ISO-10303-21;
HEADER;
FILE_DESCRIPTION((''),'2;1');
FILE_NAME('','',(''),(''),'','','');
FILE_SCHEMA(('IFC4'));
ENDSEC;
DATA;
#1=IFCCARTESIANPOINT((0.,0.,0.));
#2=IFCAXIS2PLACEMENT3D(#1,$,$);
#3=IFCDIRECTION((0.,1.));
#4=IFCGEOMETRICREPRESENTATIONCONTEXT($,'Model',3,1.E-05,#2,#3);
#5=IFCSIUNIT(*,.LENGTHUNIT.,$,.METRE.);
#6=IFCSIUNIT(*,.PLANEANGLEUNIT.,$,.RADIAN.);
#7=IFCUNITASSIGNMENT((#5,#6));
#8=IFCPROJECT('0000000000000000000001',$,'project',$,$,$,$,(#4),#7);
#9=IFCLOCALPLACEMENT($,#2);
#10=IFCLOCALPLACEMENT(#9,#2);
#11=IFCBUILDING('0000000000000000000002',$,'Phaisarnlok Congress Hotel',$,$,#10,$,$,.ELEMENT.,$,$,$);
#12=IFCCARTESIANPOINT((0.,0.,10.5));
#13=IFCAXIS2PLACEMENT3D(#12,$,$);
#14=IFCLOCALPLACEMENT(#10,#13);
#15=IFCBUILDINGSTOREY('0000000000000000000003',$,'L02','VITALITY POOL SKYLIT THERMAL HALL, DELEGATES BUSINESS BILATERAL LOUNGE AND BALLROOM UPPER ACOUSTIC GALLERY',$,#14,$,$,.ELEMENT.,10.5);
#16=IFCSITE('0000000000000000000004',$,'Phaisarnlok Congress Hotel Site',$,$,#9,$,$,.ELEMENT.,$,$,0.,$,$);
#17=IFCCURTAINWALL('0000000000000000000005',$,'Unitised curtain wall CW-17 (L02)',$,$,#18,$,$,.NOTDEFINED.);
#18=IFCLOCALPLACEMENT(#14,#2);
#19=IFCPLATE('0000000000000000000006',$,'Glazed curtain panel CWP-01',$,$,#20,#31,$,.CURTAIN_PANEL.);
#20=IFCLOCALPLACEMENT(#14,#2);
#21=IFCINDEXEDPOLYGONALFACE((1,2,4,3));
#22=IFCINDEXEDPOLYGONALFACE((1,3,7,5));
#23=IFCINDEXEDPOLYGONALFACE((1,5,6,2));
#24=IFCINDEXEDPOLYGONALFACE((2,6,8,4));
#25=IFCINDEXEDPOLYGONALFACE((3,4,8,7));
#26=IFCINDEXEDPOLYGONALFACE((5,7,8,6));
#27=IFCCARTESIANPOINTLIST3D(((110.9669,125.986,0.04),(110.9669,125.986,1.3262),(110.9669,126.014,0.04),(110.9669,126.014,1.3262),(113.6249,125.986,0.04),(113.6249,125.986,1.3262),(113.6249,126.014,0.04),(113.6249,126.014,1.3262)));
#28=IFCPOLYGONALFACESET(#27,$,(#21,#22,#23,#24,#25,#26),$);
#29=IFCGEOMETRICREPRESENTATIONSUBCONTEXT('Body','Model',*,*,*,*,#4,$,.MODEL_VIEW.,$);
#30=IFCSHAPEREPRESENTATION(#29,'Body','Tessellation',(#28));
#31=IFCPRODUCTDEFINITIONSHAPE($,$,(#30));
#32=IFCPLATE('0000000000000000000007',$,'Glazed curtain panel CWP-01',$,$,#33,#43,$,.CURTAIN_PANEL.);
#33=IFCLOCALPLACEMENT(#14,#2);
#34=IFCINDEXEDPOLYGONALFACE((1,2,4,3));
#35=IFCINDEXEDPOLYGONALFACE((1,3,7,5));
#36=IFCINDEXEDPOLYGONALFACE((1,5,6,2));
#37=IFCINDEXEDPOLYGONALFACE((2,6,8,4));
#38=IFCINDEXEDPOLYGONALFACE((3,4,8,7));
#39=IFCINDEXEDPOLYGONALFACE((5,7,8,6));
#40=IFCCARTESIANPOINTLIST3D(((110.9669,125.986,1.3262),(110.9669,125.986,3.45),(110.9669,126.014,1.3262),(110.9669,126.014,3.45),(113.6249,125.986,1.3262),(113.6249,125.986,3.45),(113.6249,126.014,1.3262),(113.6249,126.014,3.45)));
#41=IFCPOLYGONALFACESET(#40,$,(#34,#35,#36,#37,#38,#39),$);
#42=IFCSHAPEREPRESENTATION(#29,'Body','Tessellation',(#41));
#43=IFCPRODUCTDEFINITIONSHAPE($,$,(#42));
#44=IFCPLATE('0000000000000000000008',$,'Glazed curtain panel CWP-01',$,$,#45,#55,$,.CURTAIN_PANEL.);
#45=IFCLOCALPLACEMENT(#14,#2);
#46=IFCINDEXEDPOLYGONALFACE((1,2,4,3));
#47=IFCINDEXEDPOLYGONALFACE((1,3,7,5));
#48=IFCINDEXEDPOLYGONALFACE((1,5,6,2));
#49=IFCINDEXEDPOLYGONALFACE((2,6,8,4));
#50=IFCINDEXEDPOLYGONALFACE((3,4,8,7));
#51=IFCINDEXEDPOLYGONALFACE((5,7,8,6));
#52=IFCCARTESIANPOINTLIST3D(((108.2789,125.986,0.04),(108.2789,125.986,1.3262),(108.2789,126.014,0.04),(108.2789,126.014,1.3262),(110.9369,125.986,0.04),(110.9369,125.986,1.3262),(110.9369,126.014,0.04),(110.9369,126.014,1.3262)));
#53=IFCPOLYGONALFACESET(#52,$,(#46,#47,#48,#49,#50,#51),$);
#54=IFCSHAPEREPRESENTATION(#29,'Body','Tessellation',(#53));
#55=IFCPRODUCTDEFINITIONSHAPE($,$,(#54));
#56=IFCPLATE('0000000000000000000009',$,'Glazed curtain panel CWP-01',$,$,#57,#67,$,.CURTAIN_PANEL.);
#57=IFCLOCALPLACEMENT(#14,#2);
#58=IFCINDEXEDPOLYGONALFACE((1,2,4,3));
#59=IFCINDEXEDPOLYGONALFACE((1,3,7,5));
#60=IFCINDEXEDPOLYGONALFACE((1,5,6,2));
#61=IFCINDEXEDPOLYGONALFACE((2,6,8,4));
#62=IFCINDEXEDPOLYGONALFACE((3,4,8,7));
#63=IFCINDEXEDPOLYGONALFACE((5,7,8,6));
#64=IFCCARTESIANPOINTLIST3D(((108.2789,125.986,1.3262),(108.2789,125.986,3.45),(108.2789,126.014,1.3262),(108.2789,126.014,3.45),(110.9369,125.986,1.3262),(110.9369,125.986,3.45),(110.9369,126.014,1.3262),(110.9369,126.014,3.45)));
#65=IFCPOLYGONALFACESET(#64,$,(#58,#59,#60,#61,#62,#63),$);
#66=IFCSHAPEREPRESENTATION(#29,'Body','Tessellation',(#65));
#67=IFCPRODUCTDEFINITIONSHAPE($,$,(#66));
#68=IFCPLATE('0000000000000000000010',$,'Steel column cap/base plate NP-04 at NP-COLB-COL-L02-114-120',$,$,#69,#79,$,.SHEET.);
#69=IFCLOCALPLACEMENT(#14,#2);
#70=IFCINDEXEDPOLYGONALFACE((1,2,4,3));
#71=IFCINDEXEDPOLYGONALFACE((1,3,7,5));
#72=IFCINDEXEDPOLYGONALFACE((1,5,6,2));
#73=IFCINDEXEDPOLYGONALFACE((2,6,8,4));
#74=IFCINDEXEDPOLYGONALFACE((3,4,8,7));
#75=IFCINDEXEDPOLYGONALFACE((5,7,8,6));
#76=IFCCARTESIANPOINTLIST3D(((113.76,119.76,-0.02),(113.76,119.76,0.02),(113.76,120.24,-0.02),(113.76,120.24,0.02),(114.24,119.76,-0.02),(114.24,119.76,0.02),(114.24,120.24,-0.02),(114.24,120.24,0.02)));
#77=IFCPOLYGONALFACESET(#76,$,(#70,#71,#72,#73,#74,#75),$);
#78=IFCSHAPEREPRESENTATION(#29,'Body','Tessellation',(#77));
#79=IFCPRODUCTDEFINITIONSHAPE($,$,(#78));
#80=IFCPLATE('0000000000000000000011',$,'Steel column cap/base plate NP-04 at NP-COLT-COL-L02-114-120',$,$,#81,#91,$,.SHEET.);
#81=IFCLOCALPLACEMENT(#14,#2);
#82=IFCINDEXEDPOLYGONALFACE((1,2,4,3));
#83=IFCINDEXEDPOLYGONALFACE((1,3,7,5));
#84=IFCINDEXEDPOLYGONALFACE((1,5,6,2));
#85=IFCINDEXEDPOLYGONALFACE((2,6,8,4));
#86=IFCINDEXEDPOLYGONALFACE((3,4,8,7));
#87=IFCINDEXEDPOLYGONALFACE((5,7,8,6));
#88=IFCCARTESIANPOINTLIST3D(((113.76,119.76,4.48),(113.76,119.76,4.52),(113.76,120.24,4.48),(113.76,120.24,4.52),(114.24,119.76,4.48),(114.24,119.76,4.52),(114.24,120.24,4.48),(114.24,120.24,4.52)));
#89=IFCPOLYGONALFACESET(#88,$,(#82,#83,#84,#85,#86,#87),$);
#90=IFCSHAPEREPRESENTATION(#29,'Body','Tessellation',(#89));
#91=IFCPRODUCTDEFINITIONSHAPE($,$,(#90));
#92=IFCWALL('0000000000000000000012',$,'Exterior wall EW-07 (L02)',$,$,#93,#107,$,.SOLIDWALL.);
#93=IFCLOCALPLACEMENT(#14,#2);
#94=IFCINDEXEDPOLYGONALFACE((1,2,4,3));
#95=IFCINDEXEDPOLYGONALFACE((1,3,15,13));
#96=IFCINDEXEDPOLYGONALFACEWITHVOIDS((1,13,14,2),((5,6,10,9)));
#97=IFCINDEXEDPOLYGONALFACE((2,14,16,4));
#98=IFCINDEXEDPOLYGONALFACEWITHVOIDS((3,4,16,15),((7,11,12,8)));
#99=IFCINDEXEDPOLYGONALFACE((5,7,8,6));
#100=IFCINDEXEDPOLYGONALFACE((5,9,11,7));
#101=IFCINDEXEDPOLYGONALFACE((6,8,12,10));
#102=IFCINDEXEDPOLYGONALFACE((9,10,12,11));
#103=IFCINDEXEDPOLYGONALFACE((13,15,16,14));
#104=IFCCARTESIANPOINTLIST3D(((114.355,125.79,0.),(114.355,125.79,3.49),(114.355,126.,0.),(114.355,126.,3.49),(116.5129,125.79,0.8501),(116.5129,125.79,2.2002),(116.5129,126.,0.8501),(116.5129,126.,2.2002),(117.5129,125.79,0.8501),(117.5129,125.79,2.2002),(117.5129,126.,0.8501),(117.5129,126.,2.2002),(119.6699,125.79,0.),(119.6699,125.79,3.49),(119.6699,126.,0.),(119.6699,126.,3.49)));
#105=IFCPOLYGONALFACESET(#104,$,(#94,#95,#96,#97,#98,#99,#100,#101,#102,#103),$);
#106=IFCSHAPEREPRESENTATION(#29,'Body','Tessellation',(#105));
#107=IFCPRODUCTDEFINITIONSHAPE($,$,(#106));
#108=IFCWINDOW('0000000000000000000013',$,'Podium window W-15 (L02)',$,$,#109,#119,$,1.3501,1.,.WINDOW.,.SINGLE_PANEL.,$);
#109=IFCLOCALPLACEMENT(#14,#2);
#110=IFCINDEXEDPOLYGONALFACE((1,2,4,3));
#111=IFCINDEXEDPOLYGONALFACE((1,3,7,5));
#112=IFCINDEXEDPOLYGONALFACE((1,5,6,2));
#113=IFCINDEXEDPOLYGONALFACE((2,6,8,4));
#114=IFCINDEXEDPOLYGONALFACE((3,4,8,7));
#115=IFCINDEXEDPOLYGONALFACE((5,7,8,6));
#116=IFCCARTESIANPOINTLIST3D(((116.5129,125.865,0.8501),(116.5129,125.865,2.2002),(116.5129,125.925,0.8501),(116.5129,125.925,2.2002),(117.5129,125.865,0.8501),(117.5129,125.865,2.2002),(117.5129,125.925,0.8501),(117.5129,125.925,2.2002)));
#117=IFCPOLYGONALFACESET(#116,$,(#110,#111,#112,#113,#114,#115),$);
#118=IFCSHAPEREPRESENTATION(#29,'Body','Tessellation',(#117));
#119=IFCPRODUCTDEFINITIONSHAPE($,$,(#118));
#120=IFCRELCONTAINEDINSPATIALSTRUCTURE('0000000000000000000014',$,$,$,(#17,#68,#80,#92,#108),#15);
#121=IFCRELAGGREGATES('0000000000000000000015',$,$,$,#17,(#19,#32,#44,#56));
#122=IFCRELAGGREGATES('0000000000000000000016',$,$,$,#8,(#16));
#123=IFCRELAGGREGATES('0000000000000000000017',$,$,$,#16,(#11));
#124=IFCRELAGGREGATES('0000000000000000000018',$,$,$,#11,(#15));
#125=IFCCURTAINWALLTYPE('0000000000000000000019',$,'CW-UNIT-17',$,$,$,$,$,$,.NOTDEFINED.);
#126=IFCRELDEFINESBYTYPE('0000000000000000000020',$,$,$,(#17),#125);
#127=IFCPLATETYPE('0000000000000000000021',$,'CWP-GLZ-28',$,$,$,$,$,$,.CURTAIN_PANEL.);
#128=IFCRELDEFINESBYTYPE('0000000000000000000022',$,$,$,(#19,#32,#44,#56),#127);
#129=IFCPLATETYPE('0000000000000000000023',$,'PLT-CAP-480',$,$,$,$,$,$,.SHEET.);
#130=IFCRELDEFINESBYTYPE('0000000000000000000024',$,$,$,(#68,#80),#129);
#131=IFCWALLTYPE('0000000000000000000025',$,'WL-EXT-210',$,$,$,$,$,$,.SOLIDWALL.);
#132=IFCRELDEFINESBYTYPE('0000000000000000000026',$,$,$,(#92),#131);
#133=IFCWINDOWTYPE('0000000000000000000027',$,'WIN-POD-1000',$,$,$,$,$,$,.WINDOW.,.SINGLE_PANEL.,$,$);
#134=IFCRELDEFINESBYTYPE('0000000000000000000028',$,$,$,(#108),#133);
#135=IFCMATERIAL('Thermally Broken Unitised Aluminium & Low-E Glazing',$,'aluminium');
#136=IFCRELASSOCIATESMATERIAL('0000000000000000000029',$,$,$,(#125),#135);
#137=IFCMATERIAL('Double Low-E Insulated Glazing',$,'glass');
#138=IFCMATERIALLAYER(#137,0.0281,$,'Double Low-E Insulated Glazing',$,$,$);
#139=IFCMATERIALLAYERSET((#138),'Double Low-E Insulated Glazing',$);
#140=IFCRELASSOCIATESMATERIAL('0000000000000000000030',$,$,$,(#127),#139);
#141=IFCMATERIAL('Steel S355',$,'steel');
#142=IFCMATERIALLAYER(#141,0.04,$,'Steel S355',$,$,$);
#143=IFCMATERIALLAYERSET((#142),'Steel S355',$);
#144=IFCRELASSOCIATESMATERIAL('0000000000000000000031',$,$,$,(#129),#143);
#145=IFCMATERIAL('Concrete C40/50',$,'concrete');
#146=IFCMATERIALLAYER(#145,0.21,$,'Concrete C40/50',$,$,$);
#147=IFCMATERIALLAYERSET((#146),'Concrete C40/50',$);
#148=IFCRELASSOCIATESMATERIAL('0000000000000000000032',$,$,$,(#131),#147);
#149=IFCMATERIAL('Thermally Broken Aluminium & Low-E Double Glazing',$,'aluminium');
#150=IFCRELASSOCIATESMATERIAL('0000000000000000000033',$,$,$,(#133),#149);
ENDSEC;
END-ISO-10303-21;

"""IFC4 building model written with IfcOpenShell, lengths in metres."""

from ifc_helpers import new_model, si_unit, direction, frame, frame_2d, origin, origin_2d, place, context, subcontext, project, spatial, rectangle, extrude, material, layer, layer_set, type_object, element, fill, aggregate, save


model = new_model("IFC4")

# Units and contexts
model_context = context("Model", 3, precision=1e-05, world=origin(), true_north=direction((0.0, 1.0)))
body_context = subcontext(model_context, "Body", "Model", "MODEL_VIEW")
ifc_project = project(units=[si_unit("LENGTHUNIT", "METRE"), si_unit("PLANEANGLEUNIT", "RADIAN")], contexts=[model_context])

# Site, building, storey
site_placement = place(None, origin())
site = spatial("IfcSite", under=ifc_project, at=site_placement, Name="Phaisarnlok Congress Hotel Site", CompositionType="ELEMENT", RefElevation=0.0)
building_placement = place(site_placement, origin())
building = spatial("IfcBuilding", under=site, at=building_placement, Name="Phaisarnlok Congress Hotel", CompositionType="ELEMENT")
storey_placement = place(building_placement, frame((0.0, 0.0, 10.5)))
storey = spatial("IfcBuildingStorey", under=building, at=storey_placement, Name="L02", Description="VITALITY POOL SKYLIT THERMAL HALL, DELEGATES BUSINESS BILATERAL LOUNGE AND BALLROOM UPPER ACOUSTIC GALLERY", CompositionType="ELEMENT", Elevation=10.5)

# Shared definitions
ifc_material_1 = material(Name="Concrete C40/50", Category="concrete")
ifc_material_2 = material(Name="Steel S355", Category="steel")

# Curtain wall
ifc_material_3 = material(Name="Thermally Broken Unitised Aluminium & Low-E Glazing", Category="aluminium")
curtain_wall_type = type_object("IfcCurtainWallType", Name="CW-UNIT-17", PredefinedType="NOTDEFINED", material=ifc_material_3)
curtain_wall_placement = place(storey_placement, origin())
curtain_wall = element("IfcCurtainWall", 1, at=curtain_wall_placement, inside=storey, type_object=curtain_wall_type, Name="Unitised curtain wall CW-17 (L02)", PredefinedType="NOTDEFINED")

# Plates
ifc_material_4 = material(Name="Double Low-E Insulated Glazing", Category="glass")
ifc_layer_1 = layer(ifc_material_4, 0.0281, Name="Double Low-E Insulated Glazing")
ifc_layer_set_1 = layer_set([ifc_layer_1], Name="Double Low-E Insulated Glazing")
plate_type_1 = type_object("IfcPlateType", Name="CWP-GLZ-28", PredefinedType="CURTAIN_PANEL", material=ifc_layer_set_1)
plate_1_placement = place(storey_placement, frame((113.625, 126.0, 0.04), z_axis=(0.0, 0.0, 1.0), x_axis=(-1.0, 0.0, 0.0)))
plate_1 = element("IfcPlate", 2, at=plate_1_placement, type_object=plate_type_1, Name="Glazed curtain panel CWP-01", PredefinedType="CURTAIN_PANEL", context=body_context, shape_type="SweptSolid", body=[
    extrude(rectangle(XDim=2.658, YDim=0.0281, at=frame_2d((1.3291, 0.0))), origin(), (0.0, 0.0, 1.0), 1.2861),
])
plate_2_placement = place(storey_placement, frame((113.625, 126.0, 1.3262), z_axis=(0.0, 0.0, 1.0), x_axis=(-1.0, 0.0, 0.0)))
plate_2 = element("IfcPlate", 3, at=plate_2_placement, type_object=plate_type_1, Name="Glazed curtain panel CWP-01", PredefinedType="CURTAIN_PANEL", context=body_context, shape_type="SweptSolid", body=[
    extrude(rectangle(XDim=2.658, YDim=0.0281, at=frame_2d((1.3291, 0.0))), origin(), (0.0, 0.0, 1.0), 2.1238),
])
plate_3_placement = place(storey_placement, frame((110.937, 126.0, 0.04), z_axis=(0.0, 0.0, 1.0), x_axis=(-1.0, 0.0, 0.0)))
plate_3 = element("IfcPlate", 4, at=plate_3_placement, type_object=plate_type_1, Name="Glazed curtain panel CWP-01", PredefinedType="CURTAIN_PANEL", context=body_context, shape_type="SweptSolid", body=[
    extrude(rectangle(XDim=2.658, YDim=0.0281, at=frame_2d((1.3291, 0.0))), origin(), (0.0, 0.0, 1.0), 1.2861),
])
plate_4_placement = place(storey_placement, frame((110.937, 126.0, 1.3262), z_axis=(0.0, 0.0, 1.0), x_axis=(-1.0, 0.0, 0.0)))
plate_4 = element("IfcPlate", 5, at=plate_4_placement, type_object=plate_type_1, Name="Glazed curtain panel CWP-01", PredefinedType="CURTAIN_PANEL", context=body_context, shape_type="SweptSolid", body=[
    extrude(rectangle(XDim=2.658, YDim=0.0281, at=frame_2d((1.3291, 0.0))), origin(), (0.0, 0.0, 1.0), 2.1238),
])
aggregate(curtain_wall, [plate_1, plate_2, plate_3, plate_4])

# Plates
ifc_layer_2 = layer(ifc_material_2, 0.04, Name="Steel S355")
ifc_layer_set_2 = layer_set([ifc_layer_2], Name="Steel S355")
plate_type_2 = type_object("IfcPlateType", Name="PLT-CAP-480", PredefinedType="SHEET", material=ifc_layer_set_2)
for number, where, z_axis, x_axis, name in (
    (6, (114.0, 120.0, -0.02), (0.0, 0.0, 1.0), (1.0, 0.0, 0.0), "Steel column cap/base plate NP-04 at NP-COLB-COL-L02-114-120"),
    (7, (114.0, 120.0, 4.48), (0.0, 0.0, 1.0), (1.0, 0.0, 0.0), "Steel column cap/base plate NP-04 at NP-COLT-COL-L02-114-120"),
):
    element("IfcPlate", number, at=place(storey_placement, frame(where, z_axis=z_axis, x_axis=x_axis)), inside=storey, type_object=plate_type_2, Name=name, PredefinedType="SHEET", context=body_context, shape_type="SweptSolid", body=[
        extrude(rectangle(XDim=0.48, YDim=0.48, at=origin_2d()), origin(), (0.0, 0.0, 1.0), 0.04),
    ])

# Wall, opening, window
ifc_layer_3 = layer(ifc_material_1, 0.21, Name="Concrete C40/50")
ifc_layer_set_3 = layer_set([ifc_layer_3], Name="Concrete C40/50")
wall_type = type_object("IfcWallType", Name="WL-EXT-210", PredefinedType="SOLIDWALL", material=ifc_layer_set_3)
wall_placement = place(storey_placement, frame((119.6699, 125.895, 0.0), z_axis=(0.0, 0.0, 1.0), x_axis=(-1.0, 0.0, 0.0)))
wall = element("IfcWall", 8, at=wall_placement, inside=storey, type_object=wall_type, Name="Exterior wall EW-07 (L02)", PredefinedType="SOLIDWALL", context=body_context, shape_type="SweptSolid", body=[
    extrude(rectangle(XDim=5.3149, YDim=0.21, at=frame_2d((2.6575, 0.0))), origin(), (0.0, 0.0, 1.0), 3.49),
])
opening_placement = place(wall_placement, frame((2.157, 0.0, 0.8501)))
opening = element("IfcOpeningElement", 9, at=opening_placement, cuts=wall, PredefinedType="OPENING", context=body_context, shape_type="SweptSolid", body=[
    extrude(rectangle(XDim=1.0, YDim=1.3501, at=frame_2d((0.5, 0.675))), frame((0.0, 0.115, 0.0), z_axis=(0.0, -1.0, 0.0), x_axis=(1.0, 0.0, 0.0)), (0.0, 0.0, 1.0), 0.23),
])
ifc_material_5 = material(Name="Thermally Broken Aluminium & Low-E Double Glazing", Category="aluminium")
window_type = type_object("IfcWindowType", Name="WIN-POD-1000", PartitioningType="SINGLE_PANEL", PredefinedType="WINDOW", material=ifc_material_5)
window_placement = place(opening_placement, origin())
window = element("IfcWindow", 10, at=window_placement, inside=storey, type_object=window_type, Name="Podium window W-15 (L02)", OverallHeight=1.3501, OverallWidth=1.0, PartitioningType="SINGLE_PANEL", PredefinedType="WINDOW", context=body_context, shape_type="SweptSolid", body=[
    extrude(rectangle(XDim=1.0, YDim=1.3501, at=frame_2d((0.5, 0.675))), frame((0.0, 0.03, 0.0), z_axis=(0.0, -1.0, 0.0), x_axis=(1.0, 0.0, 0.0)), (0.0, 0.0, 1.0), 0.0601),
])
fill(opening, window)

save(model, "model.ifc")
